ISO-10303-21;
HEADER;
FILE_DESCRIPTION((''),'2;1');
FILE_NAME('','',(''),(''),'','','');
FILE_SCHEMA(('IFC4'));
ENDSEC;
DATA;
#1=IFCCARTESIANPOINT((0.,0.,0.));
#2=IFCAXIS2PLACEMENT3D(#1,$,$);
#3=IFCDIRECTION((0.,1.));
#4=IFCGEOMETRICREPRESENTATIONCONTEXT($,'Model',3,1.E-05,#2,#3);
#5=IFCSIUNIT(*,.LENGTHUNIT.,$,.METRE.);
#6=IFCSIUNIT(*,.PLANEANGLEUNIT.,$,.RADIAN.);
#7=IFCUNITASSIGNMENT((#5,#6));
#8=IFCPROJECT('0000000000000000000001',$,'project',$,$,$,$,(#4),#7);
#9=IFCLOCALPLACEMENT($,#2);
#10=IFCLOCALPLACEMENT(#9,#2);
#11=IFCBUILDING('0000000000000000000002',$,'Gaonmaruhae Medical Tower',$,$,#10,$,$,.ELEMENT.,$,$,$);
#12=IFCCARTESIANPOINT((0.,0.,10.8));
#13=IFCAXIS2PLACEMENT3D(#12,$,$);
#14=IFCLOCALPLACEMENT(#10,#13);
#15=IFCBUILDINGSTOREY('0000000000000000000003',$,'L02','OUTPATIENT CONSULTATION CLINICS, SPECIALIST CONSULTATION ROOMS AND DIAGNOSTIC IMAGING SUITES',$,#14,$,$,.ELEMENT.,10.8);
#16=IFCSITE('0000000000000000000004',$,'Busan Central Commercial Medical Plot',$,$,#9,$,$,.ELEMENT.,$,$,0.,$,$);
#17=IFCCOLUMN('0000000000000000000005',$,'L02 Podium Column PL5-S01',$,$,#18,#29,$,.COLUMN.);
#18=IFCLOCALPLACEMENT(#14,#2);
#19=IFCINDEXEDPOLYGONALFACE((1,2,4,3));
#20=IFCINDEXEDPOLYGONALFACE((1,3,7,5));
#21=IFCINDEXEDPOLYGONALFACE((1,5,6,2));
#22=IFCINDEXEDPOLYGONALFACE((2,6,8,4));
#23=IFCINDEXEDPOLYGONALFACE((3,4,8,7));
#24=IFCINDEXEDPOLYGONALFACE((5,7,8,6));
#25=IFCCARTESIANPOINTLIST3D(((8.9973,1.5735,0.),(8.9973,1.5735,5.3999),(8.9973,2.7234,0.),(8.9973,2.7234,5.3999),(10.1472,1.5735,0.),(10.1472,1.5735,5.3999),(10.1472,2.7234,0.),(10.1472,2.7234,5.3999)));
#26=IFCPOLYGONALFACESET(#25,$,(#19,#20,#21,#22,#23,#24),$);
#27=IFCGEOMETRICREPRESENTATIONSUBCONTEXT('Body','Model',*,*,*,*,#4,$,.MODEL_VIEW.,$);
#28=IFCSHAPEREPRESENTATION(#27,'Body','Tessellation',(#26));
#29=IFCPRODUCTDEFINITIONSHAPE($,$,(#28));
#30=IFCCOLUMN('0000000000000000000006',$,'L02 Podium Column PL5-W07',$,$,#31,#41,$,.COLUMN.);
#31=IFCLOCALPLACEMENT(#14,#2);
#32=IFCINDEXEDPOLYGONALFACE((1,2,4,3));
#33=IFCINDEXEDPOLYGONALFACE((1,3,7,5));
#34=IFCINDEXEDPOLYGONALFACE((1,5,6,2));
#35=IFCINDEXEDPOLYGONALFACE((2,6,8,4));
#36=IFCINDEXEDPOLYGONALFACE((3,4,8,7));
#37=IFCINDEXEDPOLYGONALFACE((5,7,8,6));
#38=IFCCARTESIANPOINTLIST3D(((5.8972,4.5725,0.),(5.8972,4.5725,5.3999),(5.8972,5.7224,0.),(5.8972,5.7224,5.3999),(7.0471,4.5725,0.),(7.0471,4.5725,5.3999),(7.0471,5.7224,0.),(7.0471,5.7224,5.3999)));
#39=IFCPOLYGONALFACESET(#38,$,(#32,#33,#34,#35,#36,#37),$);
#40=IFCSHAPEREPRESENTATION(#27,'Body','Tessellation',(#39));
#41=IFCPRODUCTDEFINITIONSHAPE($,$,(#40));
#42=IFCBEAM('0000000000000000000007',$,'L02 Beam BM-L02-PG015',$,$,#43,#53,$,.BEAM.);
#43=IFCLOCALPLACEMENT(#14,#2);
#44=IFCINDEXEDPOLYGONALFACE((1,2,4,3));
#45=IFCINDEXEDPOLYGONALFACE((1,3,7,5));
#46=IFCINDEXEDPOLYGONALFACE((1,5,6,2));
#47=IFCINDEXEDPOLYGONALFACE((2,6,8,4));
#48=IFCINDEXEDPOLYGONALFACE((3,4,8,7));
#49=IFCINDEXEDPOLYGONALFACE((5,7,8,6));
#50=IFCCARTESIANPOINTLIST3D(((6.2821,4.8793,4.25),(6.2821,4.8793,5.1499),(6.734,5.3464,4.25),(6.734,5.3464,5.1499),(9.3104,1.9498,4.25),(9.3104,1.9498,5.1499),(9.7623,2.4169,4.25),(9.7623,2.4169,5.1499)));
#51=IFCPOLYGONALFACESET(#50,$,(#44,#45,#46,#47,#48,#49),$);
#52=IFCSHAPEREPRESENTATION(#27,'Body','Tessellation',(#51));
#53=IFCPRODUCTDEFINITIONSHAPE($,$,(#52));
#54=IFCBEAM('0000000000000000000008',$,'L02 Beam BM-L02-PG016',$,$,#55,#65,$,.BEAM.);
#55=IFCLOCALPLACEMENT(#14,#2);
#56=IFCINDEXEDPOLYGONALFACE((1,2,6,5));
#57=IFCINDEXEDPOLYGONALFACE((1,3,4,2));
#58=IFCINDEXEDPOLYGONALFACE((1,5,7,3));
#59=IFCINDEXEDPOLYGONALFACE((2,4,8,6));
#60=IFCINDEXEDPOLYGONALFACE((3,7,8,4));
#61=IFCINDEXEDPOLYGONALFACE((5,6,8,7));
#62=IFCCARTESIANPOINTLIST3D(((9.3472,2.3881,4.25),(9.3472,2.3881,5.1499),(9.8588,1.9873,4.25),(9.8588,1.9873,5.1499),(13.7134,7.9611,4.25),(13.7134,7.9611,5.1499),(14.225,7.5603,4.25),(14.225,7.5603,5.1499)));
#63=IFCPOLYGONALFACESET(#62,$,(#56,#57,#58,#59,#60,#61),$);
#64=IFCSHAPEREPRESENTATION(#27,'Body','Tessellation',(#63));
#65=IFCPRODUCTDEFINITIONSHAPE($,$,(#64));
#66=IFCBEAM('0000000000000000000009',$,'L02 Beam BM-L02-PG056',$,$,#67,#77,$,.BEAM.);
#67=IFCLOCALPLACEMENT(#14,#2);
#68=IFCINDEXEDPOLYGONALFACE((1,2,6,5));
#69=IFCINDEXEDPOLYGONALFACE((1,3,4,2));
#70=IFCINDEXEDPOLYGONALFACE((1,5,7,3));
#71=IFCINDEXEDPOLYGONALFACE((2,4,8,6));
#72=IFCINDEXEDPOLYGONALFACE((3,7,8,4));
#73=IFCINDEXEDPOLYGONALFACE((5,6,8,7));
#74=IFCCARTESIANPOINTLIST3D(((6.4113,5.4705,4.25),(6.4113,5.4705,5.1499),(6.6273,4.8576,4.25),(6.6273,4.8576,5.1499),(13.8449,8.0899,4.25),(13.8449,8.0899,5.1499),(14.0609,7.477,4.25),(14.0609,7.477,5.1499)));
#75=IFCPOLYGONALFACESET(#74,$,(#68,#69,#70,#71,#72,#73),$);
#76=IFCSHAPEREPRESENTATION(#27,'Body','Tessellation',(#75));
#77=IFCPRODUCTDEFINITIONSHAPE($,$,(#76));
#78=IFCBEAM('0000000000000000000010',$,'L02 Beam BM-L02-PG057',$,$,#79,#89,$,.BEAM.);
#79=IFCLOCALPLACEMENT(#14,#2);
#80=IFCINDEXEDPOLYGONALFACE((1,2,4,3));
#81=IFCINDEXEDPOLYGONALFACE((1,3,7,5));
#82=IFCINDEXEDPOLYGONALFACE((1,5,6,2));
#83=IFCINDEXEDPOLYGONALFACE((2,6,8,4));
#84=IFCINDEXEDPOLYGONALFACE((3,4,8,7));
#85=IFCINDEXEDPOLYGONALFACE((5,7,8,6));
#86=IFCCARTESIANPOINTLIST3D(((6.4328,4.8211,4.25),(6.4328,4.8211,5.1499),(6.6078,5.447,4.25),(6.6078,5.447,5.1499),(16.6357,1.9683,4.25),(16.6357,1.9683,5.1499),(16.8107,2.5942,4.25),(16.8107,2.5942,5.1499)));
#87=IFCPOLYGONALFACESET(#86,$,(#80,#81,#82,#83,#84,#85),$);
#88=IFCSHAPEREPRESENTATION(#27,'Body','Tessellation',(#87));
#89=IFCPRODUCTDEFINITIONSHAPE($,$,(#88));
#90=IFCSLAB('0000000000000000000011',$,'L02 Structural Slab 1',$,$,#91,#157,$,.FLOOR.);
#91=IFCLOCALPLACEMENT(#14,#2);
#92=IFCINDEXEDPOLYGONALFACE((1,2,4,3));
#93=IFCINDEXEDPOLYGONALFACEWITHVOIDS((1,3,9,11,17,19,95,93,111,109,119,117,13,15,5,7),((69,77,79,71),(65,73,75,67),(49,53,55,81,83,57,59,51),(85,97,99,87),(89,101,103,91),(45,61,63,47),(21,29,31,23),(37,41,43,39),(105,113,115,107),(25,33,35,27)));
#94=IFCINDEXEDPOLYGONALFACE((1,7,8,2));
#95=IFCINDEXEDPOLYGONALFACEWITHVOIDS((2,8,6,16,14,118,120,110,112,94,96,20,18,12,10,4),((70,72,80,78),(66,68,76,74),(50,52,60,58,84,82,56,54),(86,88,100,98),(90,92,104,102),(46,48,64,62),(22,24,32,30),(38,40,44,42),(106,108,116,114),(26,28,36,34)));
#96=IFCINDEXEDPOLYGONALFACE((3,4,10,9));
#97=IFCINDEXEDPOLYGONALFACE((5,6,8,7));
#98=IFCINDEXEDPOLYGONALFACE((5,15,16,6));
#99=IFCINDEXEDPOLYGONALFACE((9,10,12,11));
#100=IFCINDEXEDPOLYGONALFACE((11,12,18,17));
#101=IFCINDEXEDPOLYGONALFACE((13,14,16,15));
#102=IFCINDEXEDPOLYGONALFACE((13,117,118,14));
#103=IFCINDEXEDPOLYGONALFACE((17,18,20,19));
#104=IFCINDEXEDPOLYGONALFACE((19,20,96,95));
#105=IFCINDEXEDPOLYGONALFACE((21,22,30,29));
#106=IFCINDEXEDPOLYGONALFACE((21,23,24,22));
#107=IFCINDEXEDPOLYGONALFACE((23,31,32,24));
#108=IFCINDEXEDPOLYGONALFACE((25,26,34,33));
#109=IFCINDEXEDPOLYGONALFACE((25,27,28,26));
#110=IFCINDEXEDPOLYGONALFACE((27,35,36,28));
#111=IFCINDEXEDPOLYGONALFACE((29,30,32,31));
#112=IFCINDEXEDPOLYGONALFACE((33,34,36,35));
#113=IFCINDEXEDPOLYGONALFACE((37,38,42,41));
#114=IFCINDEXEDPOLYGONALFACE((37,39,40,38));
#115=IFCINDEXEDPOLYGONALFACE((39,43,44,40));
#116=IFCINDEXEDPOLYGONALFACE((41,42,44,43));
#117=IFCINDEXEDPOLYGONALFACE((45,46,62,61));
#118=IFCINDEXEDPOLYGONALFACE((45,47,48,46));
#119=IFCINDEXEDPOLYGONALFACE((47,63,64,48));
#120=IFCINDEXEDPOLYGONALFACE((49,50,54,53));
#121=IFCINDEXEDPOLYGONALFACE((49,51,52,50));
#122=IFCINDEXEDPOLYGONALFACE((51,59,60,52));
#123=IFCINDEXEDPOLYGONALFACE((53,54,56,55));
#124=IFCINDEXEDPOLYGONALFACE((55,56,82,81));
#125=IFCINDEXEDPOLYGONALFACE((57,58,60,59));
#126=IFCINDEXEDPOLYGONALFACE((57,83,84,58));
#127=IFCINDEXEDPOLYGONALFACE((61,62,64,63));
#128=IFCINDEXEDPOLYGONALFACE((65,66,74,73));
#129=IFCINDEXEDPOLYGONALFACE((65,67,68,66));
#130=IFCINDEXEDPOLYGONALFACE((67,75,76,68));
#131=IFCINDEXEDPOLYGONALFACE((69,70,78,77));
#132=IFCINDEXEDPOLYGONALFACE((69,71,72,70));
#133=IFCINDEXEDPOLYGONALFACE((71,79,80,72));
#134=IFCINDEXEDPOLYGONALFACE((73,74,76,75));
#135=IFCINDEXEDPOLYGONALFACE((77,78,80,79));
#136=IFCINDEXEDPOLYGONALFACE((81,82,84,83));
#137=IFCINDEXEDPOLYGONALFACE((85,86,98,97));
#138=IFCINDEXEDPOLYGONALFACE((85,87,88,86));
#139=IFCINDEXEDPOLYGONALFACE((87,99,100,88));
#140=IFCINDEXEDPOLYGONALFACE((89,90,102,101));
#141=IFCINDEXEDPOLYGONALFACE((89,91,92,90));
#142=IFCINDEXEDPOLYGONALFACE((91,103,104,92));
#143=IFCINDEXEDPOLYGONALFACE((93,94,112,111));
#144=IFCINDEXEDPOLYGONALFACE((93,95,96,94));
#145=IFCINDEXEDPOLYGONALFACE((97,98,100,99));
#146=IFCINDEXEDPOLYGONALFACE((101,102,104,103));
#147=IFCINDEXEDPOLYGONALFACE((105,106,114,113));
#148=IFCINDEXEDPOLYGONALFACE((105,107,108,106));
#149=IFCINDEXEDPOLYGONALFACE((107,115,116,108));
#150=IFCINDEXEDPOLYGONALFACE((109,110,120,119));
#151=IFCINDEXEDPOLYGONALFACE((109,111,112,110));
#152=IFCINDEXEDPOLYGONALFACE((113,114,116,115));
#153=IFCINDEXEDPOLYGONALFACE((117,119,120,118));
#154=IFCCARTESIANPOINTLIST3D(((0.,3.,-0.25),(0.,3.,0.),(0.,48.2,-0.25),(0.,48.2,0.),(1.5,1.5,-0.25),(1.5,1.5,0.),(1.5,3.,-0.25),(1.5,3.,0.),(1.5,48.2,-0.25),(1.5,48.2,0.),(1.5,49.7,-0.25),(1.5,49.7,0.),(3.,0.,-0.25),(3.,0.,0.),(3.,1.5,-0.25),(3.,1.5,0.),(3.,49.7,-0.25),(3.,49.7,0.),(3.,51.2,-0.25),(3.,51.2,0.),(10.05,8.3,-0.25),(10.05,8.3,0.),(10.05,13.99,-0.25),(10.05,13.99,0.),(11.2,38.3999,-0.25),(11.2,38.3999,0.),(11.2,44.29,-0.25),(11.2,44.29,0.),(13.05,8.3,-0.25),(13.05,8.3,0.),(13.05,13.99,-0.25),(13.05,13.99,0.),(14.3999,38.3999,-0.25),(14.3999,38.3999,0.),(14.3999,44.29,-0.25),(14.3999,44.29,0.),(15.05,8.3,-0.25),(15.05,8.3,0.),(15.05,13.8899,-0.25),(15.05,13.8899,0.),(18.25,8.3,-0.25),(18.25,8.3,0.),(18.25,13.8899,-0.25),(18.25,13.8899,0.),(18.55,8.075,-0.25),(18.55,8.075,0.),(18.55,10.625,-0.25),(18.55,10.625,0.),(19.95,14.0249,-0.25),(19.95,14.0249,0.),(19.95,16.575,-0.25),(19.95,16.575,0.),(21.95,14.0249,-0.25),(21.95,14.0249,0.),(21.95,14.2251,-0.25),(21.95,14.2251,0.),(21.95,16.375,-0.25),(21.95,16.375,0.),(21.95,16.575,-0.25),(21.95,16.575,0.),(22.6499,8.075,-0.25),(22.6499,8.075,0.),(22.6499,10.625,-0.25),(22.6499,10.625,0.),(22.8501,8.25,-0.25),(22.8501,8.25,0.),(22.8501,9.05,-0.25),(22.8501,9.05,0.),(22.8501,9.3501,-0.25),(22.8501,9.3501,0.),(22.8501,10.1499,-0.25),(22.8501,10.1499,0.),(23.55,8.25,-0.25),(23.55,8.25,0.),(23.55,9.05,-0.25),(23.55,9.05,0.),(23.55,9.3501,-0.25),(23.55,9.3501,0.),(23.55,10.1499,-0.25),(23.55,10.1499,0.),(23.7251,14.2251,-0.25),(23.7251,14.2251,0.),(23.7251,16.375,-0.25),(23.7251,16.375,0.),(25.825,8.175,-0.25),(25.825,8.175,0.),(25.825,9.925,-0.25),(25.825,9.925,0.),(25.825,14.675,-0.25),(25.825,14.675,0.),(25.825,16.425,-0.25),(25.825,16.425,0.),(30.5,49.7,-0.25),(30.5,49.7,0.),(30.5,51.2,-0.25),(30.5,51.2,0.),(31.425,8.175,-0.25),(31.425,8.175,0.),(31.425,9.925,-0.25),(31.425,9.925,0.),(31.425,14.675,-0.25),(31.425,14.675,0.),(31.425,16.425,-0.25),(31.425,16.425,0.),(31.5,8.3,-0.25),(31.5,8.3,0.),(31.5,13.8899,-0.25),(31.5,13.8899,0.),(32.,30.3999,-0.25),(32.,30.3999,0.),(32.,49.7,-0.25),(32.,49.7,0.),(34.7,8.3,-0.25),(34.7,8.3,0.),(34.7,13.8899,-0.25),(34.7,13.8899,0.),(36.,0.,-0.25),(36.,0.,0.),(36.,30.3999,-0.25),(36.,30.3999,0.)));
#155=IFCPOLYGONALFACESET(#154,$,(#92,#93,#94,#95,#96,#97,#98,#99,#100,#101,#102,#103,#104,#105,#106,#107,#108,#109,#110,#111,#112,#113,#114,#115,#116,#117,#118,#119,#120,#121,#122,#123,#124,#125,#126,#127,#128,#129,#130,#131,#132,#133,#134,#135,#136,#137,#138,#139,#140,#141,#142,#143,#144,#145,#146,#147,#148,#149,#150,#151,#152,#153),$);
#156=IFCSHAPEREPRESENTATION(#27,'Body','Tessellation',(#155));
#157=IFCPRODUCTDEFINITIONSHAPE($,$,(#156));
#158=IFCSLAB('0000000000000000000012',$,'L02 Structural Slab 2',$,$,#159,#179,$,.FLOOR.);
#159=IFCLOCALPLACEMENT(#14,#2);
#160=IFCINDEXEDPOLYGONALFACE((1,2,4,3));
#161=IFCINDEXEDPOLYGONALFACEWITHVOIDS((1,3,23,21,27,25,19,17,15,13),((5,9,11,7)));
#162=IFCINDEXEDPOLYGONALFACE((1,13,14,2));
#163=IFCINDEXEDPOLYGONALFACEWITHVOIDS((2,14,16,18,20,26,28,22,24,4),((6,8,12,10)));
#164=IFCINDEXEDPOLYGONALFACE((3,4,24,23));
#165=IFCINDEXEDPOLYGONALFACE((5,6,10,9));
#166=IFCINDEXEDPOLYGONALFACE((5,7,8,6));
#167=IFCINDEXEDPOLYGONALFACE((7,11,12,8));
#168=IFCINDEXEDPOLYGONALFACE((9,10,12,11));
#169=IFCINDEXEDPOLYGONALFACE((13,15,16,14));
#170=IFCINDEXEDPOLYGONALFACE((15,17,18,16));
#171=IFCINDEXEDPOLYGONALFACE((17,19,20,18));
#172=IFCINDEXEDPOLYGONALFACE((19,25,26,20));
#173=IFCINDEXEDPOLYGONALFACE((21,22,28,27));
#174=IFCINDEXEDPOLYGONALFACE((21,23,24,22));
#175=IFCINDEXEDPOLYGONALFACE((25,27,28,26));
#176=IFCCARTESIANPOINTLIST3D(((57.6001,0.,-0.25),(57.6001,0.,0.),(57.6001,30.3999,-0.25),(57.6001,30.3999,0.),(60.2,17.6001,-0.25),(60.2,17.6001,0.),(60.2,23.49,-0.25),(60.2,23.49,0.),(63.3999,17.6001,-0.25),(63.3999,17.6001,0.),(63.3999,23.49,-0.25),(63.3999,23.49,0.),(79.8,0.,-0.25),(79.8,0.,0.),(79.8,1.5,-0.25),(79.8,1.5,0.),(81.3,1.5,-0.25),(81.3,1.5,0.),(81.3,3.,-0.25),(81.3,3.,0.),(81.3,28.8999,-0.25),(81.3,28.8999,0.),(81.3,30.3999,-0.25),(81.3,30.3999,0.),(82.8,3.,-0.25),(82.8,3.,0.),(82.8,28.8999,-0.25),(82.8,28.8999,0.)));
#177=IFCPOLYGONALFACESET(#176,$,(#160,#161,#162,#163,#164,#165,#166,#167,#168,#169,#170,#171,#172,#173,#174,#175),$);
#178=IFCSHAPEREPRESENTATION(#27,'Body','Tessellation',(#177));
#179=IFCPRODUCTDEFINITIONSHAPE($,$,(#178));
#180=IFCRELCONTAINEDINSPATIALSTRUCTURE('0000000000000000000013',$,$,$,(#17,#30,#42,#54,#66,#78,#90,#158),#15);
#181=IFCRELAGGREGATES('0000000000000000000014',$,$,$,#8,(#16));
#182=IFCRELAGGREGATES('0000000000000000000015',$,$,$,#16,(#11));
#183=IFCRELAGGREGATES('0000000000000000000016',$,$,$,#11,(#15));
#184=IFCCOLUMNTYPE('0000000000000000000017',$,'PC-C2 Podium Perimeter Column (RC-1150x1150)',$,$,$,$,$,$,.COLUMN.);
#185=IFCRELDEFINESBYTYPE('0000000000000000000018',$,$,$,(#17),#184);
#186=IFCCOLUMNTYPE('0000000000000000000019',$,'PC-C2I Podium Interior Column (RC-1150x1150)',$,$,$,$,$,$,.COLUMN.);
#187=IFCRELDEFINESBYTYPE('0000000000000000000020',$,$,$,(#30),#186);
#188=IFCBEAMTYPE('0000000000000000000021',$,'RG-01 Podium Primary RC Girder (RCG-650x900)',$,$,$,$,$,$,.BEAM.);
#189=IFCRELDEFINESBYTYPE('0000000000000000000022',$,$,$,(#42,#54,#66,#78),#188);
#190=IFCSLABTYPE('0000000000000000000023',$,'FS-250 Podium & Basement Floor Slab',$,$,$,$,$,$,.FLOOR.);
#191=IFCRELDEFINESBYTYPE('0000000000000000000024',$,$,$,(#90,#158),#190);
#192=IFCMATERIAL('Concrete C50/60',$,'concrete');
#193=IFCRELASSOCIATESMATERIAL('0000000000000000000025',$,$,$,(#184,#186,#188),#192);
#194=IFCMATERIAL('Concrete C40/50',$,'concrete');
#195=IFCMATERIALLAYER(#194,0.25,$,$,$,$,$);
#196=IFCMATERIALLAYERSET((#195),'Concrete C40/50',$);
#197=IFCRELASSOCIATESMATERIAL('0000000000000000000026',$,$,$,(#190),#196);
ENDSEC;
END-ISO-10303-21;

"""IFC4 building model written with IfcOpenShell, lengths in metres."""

from ifc_helpers import new_model, si_unit, direction, frame, origin, origin_2d, place, context, subcontext, project, spatial, polyline, rectangle, outline, extrude, material, layer, layer_set, material_profile, profile_set, type_object, element, save


model = new_model("IFC4")

# Units and contexts
model_context = context("Model", 3, precision=1e-05, world=origin(), true_north=direction((0.0, 1.0)))
body_context = subcontext(model_context, "Body", "Model", "MODEL_VIEW")
ifc_project = project(units=[si_unit("LENGTHUNIT", "METRE"), si_unit("PLANEANGLEUNIT", "RADIAN")], contexts=[model_context])

# Site, building, storey
site_placement = place(None, origin())
site = spatial("IfcSite", under=ifc_project, at=site_placement, Name="Busan Central Commercial Medical Plot", CompositionType="ELEMENT", RefElevation=0.0)
building_placement = place(site_placement, origin())
building = spatial("IfcBuilding", under=site, at=building_placement, Name="Gaonmaruhae Medical Tower", CompositionType="ELEMENT")
storey_placement = place(building_placement, frame((0.0, 0.0, 10.8)))
storey = spatial("IfcBuildingStorey", under=building, at=storey_placement, Name="L02", Description="OUTPATIENT CONSULTATION CLINICS, SPECIALIST CONSULTATION ROOMS AND DIAGNOSTIC IMAGING SUITES", CompositionType="ELEMENT", Elevation=10.8)

# Columns
ifc_material_1 = material(Name="Concrete C50/60", Category="concrete")
ifc_material_profile_1 = material_profile(ifc_material_1, rectangle(XDim=1.1499, YDim=1.1499, at=origin_2d()), Name="RC-1150x1150")
ifc_profile_set_1 = profile_set([ifc_material_profile_1], Name="Concrete C50/60")
column_type_1 = type_object("IfcColumnType", Name="PC-C2 Podium Perimeter Column (RC-1150x1150)", PredefinedType="COLUMN", material=ifc_profile_set_1)
column_1_placement = place(storey_placement, frame((9.5723, 2.1484, 0.0), z_axis=(0.0, 0.0, 1.0), x_axis=(1.0, 0.0, 0.0)))
element("IfcColumn", 1, at=column_1_placement, inside=storey, type_object=column_type_1, Name="L02 Podium Column PL5-S01", PredefinedType="COLUMN", context=body_context, shape_type="SweptSolid", body=[
    extrude(rectangle(XDim=1.1499, YDim=1.1499, at=origin_2d()), origin(), (0.0, 0.0, 1.0), 5.3999),
])
ifc_material_profile_2 = material_profile(ifc_material_1, rectangle(XDim=1.1499, YDim=1.1499, at=origin_2d()), Name="RC-1150x1150")
ifc_profile_set_2 = profile_set([ifc_material_profile_2], Name="Concrete C50/60")
column_type_2 = type_object("IfcColumnType", Name="PC-C2I Podium Interior Column (RC-1150x1150)", PredefinedType="COLUMN", material=ifc_profile_set_2)
column_2_placement = place(storey_placement, frame((6.4722, 5.1475, 0.0), z_axis=(0.0, 0.0, 1.0), x_axis=(1.0, 0.0, 0.0)))
element("IfcColumn", 2, at=column_2_placement, inside=storey, type_object=column_type_2, Name="L02 Podium Column PL5-W07", PredefinedType="COLUMN", context=body_context, shape_type="SweptSolid", body=[
    extrude(rectangle(XDim=1.1499, YDim=1.1499, at=origin_2d()), origin(), (0.0, 0.0, 1.0), 5.3999),
])

# Beams
ifc_material_profile_3 = material_profile(ifc_material_1, rectangle(XDim=0.6499, YDim=0.8999, at=origin_2d()), Name="RCG-650x900")
ifc_profile_set_3 = profile_set([ifc_material_profile_3], Name="Concrete C50/60")
beam_type = type_object("IfcBeamType", Name="RG-01 Podium Primary RC Girder (RCG-650x900)", PredefinedType="BEAM", material=ifc_profile_set_3)
beam_1_placement = place(storey_placement, frame((9.5364, 2.1833, 4.7), z_axis=(-0.718743, 0.695276, 0.0), x_axis=(-0.695276, -0.718743, 0.0)))
element("IfcBeam", 3, at=beam_1_placement, inside=storey, type_object=beam_type, Name="L02 Beam BM-L02-PG015", PredefinedType="BEAM", context=body_context, shape_type="SweptSolid", body=[
    extrude(rectangle(XDim=0.6499, YDim=0.8999, at=origin_2d()), origin(), (0.0, 0.0, 1.0), 4.2134),
])
beam_2_placement = place(storey_placement, frame((9.603, 2.1877, 4.7), z_axis=(0.616723, 0.78718, 0.0), x_axis=(-0.78718, 0.616723, 0.0)))
element("IfcBeam", 4, at=beam_2_placement, inside=storey, type_object=beam_type, Name="L02 Beam BM-L02-PG016", PredefinedType="BEAM", context=body_context, shape_type="SweptSolid", body=[
    extrude(rectangle(XDim=0.6499, YDim=0.8999, at=origin_2d()), origin(), (0.0, 0.0, 1.0), 7.0796),
])
beam_3_placement = place(storey_placement, frame((6.5193, 5.1641, 4.7), z_axis=(0.943159, 0.332342, 0.0), x_axis=(-0.332342, 0.943159, 0.0)))
element("IfcBeam", 5, at=beam_3_placement, inside=storey, type_object=beam_type, Name="L02 Beam BM-L02-PG056", PredefinedType="BEAM", context=body_context, shape_type="SweptSolid", body=[
    extrude(rectangle(XDim=0.6499, YDim=0.8999, at=origin_2d()), origin(), (0.0, 0.0, 1.0), 7.8816),
])
beam_4_placement = place(storey_placement, frame((6.5203, 5.134, 4.7), z_axis=(0.963063, -0.269278, 0.0), x_axis=(0.269278, 0.963063, 0.0)))
element("IfcBeam", 6, at=beam_4_placement, inside=storey, type_object=beam_type, Name="L02 Beam BM-L02-PG057", PredefinedType="BEAM", context=body_context, shape_type="SweptSolid", body=[
    extrude(rectangle(XDim=0.6499, YDim=0.8999, at=origin_2d()), origin(), (0.0, 0.0, 1.0), 10.5942),
])

# Slabs
ifc_material_2 = material(Name="Concrete C40/50", Category="concrete")
ifc_layer_1 = layer(ifc_material_2, 0.25)
ifc_layer_set_1 = layer_set([ifc_layer_1], Name="Concrete C40/50")
slab_type_1 = type_object("IfcSlabType", Name="FS-250 Podium & Basement Floor Slab", PredefinedType="FLOOR", material=ifc_layer_set_1)
slab_1_placement = place(storey_placement, frame((0.0, 0.0, -0.25)))
element("IfcSlab", 7, at=slab_1_placement, inside=storey, type_object=slab_type_1, Name="L02 Structural Slab 1", PredefinedType="FLOOR", context=body_context, shape_type="SweptSolid", body=[
    extrude(outline(polyline([(3.0, 0.0), (3.0, 1.5), (1.5, 1.5), (1.5, 3.0), (0.0, 3.0), (0.0, 48.2), (1.5, 48.2), (1.5, 49.7), (3.0, 49.7), (3.0, 51.2), (30.5, 51.2), (30.5, 49.7), (32.0, 49.7), (32.0, 30.3999), (36.0, 30.3999), (36.0, 0.0), (3.0, 0.0)]), holes=[polyline([(23.55, 8.25), (22.8501, 8.25), (22.8501, 9.05), (23.55, 9.05), (23.55, 8.25)]), polyline([(22.6499, 10.625), (22.6499, 8.075), (18.55, 8.075), (18.55, 10.625), (22.6499, 10.625)]), polyline([(15.05, 13.8899), (18.25, 13.8899), (18.25, 8.3), (15.05, 8.3), (15.05, 13.8899)]), polyline([(13.05, 13.99), (13.05, 8.3), (10.05, 8.3), (10.05, 13.99), (13.05, 13.99)]), polyline([(21.95, 14.0249), (19.95, 14.0249), (19.95, 16.575), (21.95, 16.575), (21.95, 16.375), (23.7251, 16.375), (23.7251, 14.2251), (21.95, 14.2251), (21.95, 14.0249)]), polyline([(11.2, 44.29), (14.3999, 44.29), (14.3999, 38.3999), (11.2, 38.3999), (11.2, 44.29)]), polyline([(31.425, 9.925), (31.425, 8.175), (25.825, 8.175), (25.825, 9.925), (31.425, 9.925)]), polyline([(22.8501, 9.3501), (22.8501, 10.1499), (23.55, 10.1499), (23.55, 9.3501), (22.8501, 9.3501)]), polyline([(31.5, 13.8899), (34.7, 13.8899), (34.7, 8.3), (31.5, 8.3), (31.5, 13.8899)]), polyline([(31.425, 16.425), (31.425, 14.675), (25.825, 14.675), (25.825, 16.425), (31.425, 16.425)])]), origin(), (0.0, 0.0, 1.0), 0.25),
])
slab_2_placement = place(storey_placement, frame((0.0, 0.0, -0.25)))
element("IfcSlab", 8, at=slab_2_placement, inside=storey, type_object=slab_type_1, Name="L02 Structural Slab 2", PredefinedType="FLOOR", context=body_context, shape_type="SweptSolid", body=[
    extrude(outline(polyline([(81.3, 30.3999), (81.3, 28.8999), (82.8, 28.8999), (82.8, 3.0), (81.3, 3.0), (81.3, 1.5), (79.8, 1.5), (79.8, 0.0), (57.6001, 0.0), (57.6001, 30.3999), (81.3, 30.3999)]), holes=[polyline([(63.3999, 23.49), (63.3999, 17.6001), (60.2, 17.6001), (60.2, 23.49), (63.3999, 23.49)])]), origin(), (0.0, 0.0, 1.0), 0.25),
])

save(model, "model.ifc")
